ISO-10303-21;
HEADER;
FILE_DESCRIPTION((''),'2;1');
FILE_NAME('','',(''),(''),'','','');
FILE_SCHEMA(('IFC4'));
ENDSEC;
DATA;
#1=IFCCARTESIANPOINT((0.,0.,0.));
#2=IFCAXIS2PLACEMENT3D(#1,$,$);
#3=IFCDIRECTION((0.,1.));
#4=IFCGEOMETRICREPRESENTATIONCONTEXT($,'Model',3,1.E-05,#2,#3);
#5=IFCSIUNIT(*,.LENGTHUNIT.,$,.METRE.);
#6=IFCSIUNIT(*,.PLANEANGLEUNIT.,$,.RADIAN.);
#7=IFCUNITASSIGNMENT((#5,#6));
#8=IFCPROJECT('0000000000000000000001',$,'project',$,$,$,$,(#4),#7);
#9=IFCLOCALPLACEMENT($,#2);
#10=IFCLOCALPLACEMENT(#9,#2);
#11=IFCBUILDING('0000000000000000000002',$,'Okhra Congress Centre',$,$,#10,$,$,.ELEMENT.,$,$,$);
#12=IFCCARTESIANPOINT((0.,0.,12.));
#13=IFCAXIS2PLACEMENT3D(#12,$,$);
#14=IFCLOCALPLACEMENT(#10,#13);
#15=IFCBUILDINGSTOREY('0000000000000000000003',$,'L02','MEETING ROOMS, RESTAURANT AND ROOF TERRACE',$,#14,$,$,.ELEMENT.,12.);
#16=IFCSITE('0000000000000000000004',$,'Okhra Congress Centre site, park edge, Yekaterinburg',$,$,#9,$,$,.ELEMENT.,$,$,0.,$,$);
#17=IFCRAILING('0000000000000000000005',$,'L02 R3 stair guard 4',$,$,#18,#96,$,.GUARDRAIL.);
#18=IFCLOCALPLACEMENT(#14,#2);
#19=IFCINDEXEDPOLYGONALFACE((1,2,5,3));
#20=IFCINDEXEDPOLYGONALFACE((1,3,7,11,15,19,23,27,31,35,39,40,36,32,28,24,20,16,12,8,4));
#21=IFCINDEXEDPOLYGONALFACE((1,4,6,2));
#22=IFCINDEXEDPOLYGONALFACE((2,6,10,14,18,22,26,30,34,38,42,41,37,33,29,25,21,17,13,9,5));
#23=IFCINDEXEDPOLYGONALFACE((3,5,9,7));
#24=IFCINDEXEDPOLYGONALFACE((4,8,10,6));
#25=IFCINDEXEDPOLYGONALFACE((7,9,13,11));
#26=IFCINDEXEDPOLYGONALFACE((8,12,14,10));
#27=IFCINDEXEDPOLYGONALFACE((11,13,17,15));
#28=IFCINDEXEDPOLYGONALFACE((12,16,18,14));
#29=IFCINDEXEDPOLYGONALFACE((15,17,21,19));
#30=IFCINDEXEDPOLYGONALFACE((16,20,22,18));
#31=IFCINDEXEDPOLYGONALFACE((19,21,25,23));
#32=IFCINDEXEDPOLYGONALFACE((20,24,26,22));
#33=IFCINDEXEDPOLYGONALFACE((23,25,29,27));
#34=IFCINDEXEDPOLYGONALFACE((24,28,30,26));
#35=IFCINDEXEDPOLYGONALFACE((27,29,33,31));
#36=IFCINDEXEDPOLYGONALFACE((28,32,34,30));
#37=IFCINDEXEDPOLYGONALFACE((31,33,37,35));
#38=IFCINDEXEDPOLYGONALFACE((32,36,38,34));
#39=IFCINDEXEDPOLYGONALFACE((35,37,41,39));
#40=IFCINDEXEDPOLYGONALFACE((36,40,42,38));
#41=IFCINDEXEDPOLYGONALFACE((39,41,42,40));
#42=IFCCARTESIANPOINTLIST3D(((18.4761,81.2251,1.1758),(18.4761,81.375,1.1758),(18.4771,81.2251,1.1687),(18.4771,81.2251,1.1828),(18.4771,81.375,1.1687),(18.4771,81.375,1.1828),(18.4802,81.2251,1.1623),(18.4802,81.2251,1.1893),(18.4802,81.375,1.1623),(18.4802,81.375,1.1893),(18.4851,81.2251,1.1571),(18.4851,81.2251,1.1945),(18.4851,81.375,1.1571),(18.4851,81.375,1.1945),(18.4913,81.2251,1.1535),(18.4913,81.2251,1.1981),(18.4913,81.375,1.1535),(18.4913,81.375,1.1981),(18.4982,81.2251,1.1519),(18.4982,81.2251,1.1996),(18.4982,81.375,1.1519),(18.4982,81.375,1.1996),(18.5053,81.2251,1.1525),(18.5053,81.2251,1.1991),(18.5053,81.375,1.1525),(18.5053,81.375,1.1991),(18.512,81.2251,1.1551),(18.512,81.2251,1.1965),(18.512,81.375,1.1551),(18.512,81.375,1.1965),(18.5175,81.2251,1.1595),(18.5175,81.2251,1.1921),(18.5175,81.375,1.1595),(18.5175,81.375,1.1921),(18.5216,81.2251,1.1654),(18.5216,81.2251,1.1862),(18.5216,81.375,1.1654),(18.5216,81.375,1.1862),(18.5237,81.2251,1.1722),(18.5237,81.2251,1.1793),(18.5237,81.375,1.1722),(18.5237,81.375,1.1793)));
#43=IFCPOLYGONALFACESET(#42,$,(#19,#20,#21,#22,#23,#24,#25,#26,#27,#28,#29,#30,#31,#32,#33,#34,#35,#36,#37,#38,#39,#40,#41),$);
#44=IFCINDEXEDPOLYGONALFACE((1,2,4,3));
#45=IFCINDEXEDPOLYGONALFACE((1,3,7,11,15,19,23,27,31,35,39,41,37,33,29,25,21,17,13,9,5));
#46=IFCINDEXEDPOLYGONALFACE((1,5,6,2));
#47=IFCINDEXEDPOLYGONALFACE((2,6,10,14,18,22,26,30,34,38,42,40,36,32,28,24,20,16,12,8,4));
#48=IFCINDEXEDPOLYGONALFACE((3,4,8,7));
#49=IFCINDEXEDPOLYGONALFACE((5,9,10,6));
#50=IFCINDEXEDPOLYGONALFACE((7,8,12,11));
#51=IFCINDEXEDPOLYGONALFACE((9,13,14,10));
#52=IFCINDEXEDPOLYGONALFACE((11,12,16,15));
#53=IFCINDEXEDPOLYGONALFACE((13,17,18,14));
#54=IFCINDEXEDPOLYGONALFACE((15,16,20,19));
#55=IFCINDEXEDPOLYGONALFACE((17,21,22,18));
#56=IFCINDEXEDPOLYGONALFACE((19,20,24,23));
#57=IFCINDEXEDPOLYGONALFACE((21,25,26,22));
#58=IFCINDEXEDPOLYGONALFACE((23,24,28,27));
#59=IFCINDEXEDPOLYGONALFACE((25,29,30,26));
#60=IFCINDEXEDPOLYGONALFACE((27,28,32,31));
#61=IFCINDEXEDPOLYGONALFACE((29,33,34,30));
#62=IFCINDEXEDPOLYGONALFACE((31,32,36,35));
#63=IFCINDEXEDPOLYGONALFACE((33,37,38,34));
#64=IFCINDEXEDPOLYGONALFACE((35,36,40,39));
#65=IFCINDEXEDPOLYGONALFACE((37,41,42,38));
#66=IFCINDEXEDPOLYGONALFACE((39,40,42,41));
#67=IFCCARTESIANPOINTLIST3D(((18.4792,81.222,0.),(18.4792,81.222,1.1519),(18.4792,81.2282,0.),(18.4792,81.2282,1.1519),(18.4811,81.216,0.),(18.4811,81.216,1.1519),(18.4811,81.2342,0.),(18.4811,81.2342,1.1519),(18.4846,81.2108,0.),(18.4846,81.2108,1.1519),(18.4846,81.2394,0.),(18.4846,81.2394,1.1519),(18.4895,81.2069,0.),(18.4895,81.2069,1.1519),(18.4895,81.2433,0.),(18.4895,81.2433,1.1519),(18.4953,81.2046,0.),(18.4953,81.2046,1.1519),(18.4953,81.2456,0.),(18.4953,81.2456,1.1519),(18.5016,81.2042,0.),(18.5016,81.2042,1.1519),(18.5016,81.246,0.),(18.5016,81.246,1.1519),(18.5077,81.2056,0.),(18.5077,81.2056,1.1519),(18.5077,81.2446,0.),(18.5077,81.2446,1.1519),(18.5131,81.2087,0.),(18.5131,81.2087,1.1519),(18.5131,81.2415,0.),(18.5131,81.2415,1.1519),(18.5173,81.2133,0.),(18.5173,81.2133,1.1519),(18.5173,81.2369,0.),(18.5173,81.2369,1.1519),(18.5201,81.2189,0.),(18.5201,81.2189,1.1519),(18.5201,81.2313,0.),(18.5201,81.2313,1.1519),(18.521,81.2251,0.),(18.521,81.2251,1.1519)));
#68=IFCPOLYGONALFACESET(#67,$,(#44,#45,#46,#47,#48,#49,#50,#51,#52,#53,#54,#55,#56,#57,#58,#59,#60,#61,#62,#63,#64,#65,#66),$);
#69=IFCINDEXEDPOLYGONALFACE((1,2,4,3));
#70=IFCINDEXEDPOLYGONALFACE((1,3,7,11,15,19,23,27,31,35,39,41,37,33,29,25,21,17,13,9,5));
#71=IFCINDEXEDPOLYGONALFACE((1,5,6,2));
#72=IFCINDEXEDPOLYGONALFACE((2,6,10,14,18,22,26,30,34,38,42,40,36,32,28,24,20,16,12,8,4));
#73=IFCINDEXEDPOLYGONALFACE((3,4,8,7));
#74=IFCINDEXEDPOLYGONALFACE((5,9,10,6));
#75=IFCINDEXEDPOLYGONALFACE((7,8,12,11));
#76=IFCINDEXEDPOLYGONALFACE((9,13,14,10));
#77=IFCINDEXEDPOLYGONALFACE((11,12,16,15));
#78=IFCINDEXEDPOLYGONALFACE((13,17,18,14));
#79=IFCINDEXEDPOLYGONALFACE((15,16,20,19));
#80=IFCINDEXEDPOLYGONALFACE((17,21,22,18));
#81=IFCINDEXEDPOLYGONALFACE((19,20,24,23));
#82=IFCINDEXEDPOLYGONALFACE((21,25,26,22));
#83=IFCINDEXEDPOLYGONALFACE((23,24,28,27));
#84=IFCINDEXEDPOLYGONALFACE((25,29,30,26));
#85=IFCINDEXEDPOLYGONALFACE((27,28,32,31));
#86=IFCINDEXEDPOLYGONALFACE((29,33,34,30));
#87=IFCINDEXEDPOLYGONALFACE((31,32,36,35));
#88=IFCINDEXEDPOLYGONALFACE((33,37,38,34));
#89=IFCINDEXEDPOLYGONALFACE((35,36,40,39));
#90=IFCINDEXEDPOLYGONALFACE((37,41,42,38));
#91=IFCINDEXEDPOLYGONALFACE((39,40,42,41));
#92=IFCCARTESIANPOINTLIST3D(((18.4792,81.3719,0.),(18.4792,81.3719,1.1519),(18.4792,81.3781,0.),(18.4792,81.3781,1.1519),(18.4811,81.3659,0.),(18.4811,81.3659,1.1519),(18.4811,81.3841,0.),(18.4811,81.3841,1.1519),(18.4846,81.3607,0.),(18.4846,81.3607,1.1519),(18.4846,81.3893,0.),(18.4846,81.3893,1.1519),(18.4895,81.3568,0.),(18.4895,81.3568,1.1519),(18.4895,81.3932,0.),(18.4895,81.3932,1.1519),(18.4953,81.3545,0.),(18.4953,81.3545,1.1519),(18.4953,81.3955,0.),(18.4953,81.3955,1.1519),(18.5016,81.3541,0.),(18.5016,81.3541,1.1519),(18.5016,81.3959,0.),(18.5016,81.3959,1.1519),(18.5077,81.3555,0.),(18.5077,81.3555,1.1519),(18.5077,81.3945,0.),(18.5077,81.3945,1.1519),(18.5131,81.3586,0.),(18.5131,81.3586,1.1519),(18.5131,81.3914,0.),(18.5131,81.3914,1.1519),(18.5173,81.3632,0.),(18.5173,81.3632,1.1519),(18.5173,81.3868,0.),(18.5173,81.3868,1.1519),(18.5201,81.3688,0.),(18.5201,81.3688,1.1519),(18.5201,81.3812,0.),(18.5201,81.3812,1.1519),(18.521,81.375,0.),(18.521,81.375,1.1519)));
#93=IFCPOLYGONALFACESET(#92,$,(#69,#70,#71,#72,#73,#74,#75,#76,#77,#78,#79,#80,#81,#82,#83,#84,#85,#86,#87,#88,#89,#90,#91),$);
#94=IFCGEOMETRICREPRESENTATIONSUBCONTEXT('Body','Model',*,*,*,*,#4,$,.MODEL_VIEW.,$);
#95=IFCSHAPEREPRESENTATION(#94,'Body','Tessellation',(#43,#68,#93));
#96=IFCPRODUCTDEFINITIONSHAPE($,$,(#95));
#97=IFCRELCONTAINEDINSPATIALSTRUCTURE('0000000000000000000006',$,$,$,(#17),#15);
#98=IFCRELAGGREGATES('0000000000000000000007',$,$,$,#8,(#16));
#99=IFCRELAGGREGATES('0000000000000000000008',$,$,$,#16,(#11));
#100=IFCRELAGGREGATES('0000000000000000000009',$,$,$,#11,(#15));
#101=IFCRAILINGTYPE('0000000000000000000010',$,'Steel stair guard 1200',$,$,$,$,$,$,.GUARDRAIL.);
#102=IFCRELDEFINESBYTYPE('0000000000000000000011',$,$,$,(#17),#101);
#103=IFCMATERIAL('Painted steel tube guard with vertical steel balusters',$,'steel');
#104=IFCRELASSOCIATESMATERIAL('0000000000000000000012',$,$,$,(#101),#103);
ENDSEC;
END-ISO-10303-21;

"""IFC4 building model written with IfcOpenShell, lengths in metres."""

from ifc_helpers import new_model, si_unit, direction, frame, origin, origin_2d, place, context, subcontext, project, spatial, circle, extrude, material, type_object, element, save


model = new_model("IFC4")

# Units and contexts
model_context = context("Model", 3, precision=1e-05, world=origin(), true_north=direction((0.0, 1.0)))
body_context = subcontext(model_context, "Body", "Model", "MODEL_VIEW")
ifc_project = project(units=[si_unit("LENGTHUNIT", "METRE"), si_unit("PLANEANGLEUNIT", "RADIAN")], contexts=[model_context])

# Site, building, storey
site_placement = place(None, origin())
site = spatial("IfcSite", under=ifc_project, at=site_placement, Name="Okhra Congress Centre site, park edge, Yekaterinburg", CompositionType="ELEMENT", RefElevation=0.0)
building_placement = place(site_placement, origin())
building = spatial("IfcBuilding", under=site, at=building_placement, Name="Okhra Congress Centre", CompositionType="ELEMENT")
storey_placement = place(building_placement, frame((0.0, 0.0, 12.0)))
storey = spatial("IfcBuildingStorey", under=building, at=storey_placement, Name="L02", Description="MEETING ROOMS, RESTAURANT AND ROOF TERRACE", CompositionType="ELEMENT", Elevation=12.0)

# Railing
ifc_material_1 = material(Name="Painted steel tube guard with vertical steel balusters", Category="steel")
railing_type_1 = type_object("IfcRailingType", Name="Steel stair guard 1200", PredefinedType="GUARDRAIL", material=ifc_material_1)
railing_1_placement = place(storey_placement, frame((18.5, 81.2251, 0.0)))
element("IfcRailing", 1, at=railing_1_placement, inside=storey, type_object=railing_type_1, Name="L02 R3 stair guard 4", PredefinedType="GUARDRAIL", context=body_context, shape_type="SweptSolid", body=[
    extrude(circle(Radius=0.0239, at=origin_2d()), frame((0.0, 0.0, 1.1758), z_axis=(0.0, 1.0, 0.0), x_axis=(-1.0, 0.0, 0.0)), (0.0, 0.0, 1.0), 0.1499),
    extrude(circle(Radius=0.021, at=origin_2d()), origin(), (0.0, 0.0, 1.0), 1.1519),
    extrude(circle(Radius=0.021, at=origin_2d()), frame((0.0, 0.1499, 0.0)), (0.0, 0.0, 1.0), 1.1519),
])

save(model, "model.ifc")
